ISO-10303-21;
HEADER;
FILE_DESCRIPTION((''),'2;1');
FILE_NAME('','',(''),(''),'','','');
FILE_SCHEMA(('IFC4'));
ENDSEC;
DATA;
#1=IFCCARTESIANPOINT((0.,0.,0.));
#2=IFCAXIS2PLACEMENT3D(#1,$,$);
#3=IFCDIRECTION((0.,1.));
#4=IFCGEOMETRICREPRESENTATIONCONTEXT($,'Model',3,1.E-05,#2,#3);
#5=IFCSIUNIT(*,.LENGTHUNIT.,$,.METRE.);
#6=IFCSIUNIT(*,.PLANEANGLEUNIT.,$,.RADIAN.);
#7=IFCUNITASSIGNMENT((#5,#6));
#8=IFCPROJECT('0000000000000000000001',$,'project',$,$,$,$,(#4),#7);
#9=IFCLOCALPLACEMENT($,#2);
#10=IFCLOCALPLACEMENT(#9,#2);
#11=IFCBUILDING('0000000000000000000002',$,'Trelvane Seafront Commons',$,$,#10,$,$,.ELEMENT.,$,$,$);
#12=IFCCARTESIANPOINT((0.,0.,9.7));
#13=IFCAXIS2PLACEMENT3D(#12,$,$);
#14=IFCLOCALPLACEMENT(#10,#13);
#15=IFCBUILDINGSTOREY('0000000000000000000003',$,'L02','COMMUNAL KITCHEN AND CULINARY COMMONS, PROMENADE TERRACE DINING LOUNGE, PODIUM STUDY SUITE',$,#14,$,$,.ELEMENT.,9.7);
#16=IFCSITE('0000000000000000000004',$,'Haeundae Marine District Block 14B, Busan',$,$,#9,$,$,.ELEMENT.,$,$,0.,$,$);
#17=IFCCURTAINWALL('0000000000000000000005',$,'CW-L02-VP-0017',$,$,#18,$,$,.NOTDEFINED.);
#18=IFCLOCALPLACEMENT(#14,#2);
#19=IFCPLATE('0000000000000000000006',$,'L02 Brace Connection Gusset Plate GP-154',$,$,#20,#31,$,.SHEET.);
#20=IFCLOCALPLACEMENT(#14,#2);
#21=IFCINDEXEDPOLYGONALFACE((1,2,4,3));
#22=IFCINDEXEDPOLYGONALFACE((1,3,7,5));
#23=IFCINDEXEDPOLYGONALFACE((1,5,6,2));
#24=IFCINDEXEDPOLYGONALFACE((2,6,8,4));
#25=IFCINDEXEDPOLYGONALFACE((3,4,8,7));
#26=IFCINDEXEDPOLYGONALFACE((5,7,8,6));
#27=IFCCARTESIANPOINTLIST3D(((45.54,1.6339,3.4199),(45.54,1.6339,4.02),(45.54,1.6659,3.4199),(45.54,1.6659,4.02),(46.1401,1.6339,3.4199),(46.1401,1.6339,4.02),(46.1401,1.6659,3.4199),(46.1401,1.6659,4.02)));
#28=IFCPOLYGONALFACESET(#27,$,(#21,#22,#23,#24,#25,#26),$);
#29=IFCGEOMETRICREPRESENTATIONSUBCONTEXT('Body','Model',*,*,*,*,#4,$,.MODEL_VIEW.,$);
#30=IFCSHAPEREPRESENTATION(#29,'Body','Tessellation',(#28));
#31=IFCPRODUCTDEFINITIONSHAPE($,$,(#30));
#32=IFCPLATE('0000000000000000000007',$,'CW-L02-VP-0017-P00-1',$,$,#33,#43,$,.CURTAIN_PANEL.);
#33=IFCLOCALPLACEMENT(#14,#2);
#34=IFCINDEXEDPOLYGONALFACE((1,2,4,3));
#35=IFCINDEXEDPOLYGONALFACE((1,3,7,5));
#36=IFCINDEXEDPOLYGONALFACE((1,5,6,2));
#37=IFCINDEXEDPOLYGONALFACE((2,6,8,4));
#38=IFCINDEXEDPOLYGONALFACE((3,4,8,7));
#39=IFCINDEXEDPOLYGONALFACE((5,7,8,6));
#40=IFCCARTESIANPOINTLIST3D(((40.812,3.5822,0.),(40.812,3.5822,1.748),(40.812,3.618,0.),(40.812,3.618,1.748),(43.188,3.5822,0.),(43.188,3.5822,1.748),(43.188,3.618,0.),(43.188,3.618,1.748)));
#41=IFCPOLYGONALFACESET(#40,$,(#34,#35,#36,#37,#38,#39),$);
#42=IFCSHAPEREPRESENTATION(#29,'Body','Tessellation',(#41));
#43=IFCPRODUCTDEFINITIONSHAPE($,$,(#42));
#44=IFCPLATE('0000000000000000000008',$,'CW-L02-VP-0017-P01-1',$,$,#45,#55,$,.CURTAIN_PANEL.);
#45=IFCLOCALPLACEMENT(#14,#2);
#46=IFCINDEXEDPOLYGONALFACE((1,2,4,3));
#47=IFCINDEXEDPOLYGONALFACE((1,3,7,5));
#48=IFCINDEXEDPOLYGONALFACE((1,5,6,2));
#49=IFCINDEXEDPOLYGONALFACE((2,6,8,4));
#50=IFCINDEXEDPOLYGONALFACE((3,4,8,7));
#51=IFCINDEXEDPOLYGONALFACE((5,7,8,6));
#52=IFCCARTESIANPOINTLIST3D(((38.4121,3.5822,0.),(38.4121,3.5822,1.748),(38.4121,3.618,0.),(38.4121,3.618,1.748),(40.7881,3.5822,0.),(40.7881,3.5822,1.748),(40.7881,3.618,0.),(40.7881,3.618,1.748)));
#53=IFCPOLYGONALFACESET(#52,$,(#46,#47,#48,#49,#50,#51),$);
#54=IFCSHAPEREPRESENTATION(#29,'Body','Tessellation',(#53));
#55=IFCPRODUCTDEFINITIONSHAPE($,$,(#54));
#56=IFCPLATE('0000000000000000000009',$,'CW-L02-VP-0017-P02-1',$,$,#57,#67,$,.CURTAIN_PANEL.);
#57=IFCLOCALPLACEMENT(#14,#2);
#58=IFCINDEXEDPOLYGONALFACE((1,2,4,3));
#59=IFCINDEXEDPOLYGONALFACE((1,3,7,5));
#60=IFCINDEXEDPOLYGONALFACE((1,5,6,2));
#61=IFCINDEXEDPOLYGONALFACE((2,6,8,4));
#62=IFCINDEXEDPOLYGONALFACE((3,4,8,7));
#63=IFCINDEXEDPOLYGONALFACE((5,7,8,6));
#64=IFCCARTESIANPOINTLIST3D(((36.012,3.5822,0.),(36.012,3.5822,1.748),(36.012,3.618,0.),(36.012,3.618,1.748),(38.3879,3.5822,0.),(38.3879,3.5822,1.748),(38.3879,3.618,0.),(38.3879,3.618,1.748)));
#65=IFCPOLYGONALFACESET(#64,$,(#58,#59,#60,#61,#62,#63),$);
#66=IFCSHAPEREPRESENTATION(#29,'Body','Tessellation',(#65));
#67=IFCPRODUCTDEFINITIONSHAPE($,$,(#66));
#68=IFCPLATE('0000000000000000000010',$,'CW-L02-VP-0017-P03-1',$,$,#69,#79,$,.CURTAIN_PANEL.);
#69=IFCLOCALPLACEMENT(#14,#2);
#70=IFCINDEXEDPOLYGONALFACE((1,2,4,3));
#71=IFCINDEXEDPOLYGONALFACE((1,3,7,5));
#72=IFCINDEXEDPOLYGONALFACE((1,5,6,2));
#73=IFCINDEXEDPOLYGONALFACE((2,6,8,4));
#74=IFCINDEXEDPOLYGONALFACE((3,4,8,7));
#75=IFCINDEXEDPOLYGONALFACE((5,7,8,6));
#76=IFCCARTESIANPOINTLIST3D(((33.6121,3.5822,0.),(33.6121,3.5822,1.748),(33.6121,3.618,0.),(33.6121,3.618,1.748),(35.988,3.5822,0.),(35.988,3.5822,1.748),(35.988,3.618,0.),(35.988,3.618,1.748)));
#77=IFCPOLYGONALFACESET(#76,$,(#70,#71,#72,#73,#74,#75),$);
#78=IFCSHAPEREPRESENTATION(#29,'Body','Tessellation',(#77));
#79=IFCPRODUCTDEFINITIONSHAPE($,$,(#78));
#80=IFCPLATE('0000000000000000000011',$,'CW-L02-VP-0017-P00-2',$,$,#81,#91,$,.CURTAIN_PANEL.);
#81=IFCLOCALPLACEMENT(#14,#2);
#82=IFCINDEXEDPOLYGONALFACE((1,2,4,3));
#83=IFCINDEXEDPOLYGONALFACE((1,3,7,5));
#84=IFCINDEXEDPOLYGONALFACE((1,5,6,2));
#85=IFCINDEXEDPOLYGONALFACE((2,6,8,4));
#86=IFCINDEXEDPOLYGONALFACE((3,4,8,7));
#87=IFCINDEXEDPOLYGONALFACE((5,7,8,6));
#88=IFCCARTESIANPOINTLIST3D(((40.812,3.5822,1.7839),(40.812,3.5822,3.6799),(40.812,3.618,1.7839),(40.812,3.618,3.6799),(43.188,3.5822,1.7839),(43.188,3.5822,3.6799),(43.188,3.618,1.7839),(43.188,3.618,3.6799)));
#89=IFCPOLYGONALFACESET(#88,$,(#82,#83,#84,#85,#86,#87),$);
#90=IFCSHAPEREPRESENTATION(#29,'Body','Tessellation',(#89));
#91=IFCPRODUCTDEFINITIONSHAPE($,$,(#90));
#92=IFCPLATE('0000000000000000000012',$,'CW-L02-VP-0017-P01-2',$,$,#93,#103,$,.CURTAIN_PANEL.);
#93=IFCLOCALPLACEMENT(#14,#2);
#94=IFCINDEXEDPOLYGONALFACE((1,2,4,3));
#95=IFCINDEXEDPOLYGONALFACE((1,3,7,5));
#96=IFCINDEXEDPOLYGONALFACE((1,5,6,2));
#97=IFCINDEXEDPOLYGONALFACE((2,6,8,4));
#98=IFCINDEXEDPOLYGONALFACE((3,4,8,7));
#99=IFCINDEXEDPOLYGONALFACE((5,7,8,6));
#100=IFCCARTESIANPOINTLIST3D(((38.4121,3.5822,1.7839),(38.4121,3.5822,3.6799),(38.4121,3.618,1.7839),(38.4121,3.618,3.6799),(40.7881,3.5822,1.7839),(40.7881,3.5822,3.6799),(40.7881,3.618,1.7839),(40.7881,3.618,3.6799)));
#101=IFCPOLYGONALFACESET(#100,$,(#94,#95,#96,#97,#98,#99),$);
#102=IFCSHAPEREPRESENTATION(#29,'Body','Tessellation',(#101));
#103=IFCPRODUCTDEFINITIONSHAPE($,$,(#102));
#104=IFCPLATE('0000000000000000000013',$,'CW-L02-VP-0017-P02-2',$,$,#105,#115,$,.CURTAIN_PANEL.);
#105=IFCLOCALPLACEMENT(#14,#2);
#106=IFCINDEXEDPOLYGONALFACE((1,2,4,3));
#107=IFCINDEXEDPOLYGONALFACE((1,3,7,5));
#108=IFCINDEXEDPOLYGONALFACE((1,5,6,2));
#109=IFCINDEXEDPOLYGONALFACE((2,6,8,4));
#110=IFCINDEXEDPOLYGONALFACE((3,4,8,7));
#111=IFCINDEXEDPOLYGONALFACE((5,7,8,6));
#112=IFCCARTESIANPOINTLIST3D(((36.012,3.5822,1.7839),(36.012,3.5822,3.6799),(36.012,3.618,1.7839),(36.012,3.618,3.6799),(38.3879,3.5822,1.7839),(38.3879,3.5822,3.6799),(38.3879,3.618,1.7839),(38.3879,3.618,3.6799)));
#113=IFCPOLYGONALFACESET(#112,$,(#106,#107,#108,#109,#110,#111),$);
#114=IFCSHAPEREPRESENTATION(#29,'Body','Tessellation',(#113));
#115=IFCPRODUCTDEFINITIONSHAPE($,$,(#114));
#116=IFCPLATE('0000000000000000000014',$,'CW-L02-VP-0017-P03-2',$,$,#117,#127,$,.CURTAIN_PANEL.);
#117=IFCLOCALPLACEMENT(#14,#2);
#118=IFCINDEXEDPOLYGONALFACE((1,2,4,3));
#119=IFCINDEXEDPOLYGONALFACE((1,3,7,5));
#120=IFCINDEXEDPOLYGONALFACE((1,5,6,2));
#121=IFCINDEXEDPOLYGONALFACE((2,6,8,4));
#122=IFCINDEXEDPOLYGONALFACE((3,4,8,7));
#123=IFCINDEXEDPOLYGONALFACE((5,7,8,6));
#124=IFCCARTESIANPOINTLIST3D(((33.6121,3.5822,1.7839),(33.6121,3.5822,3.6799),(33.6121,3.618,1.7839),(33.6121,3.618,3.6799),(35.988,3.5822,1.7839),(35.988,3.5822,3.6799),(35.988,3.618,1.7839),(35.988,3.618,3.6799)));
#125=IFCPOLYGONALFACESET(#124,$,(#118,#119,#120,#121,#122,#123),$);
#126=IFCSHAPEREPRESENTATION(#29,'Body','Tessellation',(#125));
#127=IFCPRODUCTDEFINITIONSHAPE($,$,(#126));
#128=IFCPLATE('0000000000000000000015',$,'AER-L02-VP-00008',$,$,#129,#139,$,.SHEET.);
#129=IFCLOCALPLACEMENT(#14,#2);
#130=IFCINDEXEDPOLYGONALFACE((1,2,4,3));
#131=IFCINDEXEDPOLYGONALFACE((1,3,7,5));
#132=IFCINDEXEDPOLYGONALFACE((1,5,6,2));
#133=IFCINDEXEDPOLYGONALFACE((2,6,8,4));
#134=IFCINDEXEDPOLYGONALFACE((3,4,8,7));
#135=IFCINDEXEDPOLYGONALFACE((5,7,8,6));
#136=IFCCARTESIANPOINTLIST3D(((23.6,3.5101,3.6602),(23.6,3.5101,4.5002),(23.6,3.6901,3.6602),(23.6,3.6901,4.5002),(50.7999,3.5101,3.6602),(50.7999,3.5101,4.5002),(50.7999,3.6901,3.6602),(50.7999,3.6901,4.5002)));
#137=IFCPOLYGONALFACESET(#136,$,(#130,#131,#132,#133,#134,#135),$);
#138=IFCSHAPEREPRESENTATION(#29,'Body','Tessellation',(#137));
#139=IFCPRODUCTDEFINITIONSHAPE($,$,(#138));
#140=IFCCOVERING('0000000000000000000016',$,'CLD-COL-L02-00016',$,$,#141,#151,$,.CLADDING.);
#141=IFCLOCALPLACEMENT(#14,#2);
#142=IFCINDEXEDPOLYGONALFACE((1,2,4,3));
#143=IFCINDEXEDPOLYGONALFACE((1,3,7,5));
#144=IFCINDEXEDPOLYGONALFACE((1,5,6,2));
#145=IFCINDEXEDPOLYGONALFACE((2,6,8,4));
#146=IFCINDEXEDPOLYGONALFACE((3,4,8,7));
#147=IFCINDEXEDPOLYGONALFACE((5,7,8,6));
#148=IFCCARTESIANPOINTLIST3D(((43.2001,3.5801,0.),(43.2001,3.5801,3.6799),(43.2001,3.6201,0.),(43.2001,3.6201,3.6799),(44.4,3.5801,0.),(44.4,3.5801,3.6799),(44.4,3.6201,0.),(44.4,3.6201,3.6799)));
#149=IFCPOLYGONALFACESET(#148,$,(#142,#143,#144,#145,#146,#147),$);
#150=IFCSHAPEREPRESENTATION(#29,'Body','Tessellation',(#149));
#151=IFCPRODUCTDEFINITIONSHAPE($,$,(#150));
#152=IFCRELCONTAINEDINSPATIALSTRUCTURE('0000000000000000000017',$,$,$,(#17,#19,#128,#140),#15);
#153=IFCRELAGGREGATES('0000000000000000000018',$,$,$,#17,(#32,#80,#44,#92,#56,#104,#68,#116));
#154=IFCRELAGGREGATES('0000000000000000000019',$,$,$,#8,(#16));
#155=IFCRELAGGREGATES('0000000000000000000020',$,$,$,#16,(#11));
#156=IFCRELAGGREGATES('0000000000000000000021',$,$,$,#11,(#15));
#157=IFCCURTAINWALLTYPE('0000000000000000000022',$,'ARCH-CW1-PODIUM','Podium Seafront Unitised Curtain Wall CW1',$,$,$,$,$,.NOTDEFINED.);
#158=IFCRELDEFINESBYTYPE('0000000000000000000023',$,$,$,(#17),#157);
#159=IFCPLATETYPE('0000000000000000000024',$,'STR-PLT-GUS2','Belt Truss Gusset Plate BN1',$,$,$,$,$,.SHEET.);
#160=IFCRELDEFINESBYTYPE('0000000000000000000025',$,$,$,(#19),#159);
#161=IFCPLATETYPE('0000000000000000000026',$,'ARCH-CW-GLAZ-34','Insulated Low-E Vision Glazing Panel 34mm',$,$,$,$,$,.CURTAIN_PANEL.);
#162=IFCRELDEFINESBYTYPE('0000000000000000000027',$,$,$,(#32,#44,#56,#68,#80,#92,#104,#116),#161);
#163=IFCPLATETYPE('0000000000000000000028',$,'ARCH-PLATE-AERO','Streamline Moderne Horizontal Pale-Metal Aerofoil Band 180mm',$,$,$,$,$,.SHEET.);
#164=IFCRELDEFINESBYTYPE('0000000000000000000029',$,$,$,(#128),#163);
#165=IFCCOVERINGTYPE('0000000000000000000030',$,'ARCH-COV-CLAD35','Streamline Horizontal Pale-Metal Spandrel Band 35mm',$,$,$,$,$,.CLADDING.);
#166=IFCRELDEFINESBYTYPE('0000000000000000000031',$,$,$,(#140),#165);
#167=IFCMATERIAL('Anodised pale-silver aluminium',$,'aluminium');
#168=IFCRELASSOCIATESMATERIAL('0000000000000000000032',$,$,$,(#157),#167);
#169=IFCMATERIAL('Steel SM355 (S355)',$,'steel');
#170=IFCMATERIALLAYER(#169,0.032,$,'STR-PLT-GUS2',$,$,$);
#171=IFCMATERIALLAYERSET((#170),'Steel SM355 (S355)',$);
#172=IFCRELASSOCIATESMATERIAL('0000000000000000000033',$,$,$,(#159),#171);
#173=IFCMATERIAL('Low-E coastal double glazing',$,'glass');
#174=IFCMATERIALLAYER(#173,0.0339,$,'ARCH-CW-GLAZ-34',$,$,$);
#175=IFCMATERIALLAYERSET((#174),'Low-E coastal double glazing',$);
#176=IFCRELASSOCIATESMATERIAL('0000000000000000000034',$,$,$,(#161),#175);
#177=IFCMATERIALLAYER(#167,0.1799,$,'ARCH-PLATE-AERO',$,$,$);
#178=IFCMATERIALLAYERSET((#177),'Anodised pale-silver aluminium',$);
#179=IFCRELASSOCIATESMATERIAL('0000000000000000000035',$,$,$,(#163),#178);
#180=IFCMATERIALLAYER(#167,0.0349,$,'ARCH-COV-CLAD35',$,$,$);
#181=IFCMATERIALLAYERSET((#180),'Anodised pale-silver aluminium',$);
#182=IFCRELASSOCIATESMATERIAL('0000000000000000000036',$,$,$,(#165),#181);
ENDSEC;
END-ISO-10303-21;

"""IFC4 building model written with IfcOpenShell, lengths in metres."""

from ifc_helpers import new_model, si_unit, direction, frame, origin, origin_2d, place, context, subcontext, project, spatial, rectangle, extrude, source, transform, mapped, material, layer, layer_set, type_object, element, aggregate, save


model = new_model("IFC4")

# Units and contexts
model_context = context("Model", 3, precision=1e-05, world=origin(), true_north=direction((0.0, 1.0)))
body_context = subcontext(model_context, "Body", "Model", "MODEL_VIEW")
ifc_project = project(units=[si_unit("LENGTHUNIT", "METRE"), si_unit("PLANEANGLEUNIT", "RADIAN")], contexts=[model_context])

# Site, building, storey
site_placement = place(None, origin())
site = spatial("IfcSite", under=ifc_project, at=site_placement, Name="Haeundae Marine District Block 14B, Busan", CompositionType="ELEMENT", RefElevation=0.0)
building_placement = place(site_placement, origin())
building = spatial("IfcBuilding", under=site, at=building_placement, Name="Trelvane Seafront Commons", CompositionType="ELEMENT")
storey_placement = place(building_placement, frame((0.0, 0.0, 9.7)))
storey = spatial("IfcBuildingStorey", under=building, at=storey_placement, Name="L02", Description="COMMUNAL KITCHEN AND CULINARY COMMONS, PROMENADE TERRACE DINING LOUNGE, PODIUM STUDY SUITE", CompositionType="ELEMENT", Elevation=9.7)

# Curtain wall
ifc_material_1 = material(Name="Anodised pale-silver aluminium", Category="aluminium")
curtain_wall_type = type_object("IfcCurtainWallType", Name="ARCH-CW1-PODIUM", Description="Podium Seafront Unitised Curtain Wall CW1", PredefinedType="NOTDEFINED", material=ifc_material_1)
curtain_wall_placement = place(storey_placement, origin())
curtain_wall = element("IfcCurtainWall", 1, at=curtain_wall_placement, inside=storey, type_object=curtain_wall_type, Name="CW-L02-VP-0017", PredefinedType="NOTDEFINED")

# Plates
ifc_material_2 = material(Name="Steel SM355 (S355)", Category="steel")
ifc_layer_1 = layer(ifc_material_2, 0.032, Name="STR-PLT-GUS2")
ifc_layer_set_1 = layer_set([ifc_layer_1], Name="Steel SM355 (S355)")
plate_type_1 = type_object("IfcPlateType", Name="STR-PLT-GUS2", Description="Belt Truss Gusset Plate BN1", PredefinedType="SHEET", material=ifc_layer_set_1)
shared_shape_1 = source(origin(), body_context, "Body", "SweptSolid", [
    extrude(rectangle(XDim=0.6001, YDim=0.032, at=origin_2d()), origin(), (0.0, 0.0, 1.0), 0.6001),
])
plate_1_placement = place(storey_placement, frame((45.8401, 1.6499, 3.4199), z_axis=(0.0, 0.0, 1.0), x_axis=(1.0, 0.0, 0.0)))
element("IfcPlate", 2, at=plate_1_placement, inside=storey, type_object=plate_type_1, Name="L02 Brace Connection Gusset Plate GP-154", PredefinedType="SHEET", context=body_context, shape_type="MappedRepresentation", body=[
    mapped(shared_shape_1, transform((0.0, 0.0, 0.0), x_axis=(1.0, 0.0, 0.0), y_axis=(0.0, 1.0, 0.0), z_axis=(0.0, 0.0, 1.0), scale=1.0)),
])
ifc_material_3 = material(Name="Low-E coastal double glazing", Category="glass")
ifc_layer_2 = layer(ifc_material_3, 0.0339, Name="ARCH-CW-GLAZ-34")
ifc_layer_set_2 = layer_set([ifc_layer_2], Name="Low-E coastal double glazing")
plate_type_2 = type_object("IfcPlateType", Name="ARCH-CW-GLAZ-34", Description="Insulated Low-E Vision Glazing Panel 34mm", PredefinedType="CURTAIN_PANEL", material=ifc_layer_set_2)
shared_shape_2 = source(origin(), body_context, "Body", "SweptSolid", [
    extrude(rectangle(XDim=2.376, YDim=0.0359, at=origin_2d()), origin(), (0.0, 0.0, 1.0), 1.748),
])
plate_2_placement = place(storey_placement, frame((42.0, 3.6001, 0.0), z_axis=(0.0, 0.0, 1.0), x_axis=(-1.0, 0.0, 0.0)))
plate_2 = element("IfcPlate", 3, at=plate_2_placement, type_object=plate_type_2, Name="CW-L02-VP-0017-P00-1", PredefinedType="CURTAIN_PANEL", context=body_context, shape_type="MappedRepresentation", body=[
    mapped(shared_shape_2, transform((0.0, 0.0, 0.0), x_axis=(1.0, 0.0, 0.0), y_axis=(0.0, 1.0, 0.0), z_axis=(0.0, 0.0, 1.0), scale=1.0)),
])
plate_3_placement = place(storey_placement, frame((39.6001, 3.6001, 0.0), z_axis=(0.0, 0.0, 1.0), x_axis=(-1.0, 0.0, 0.0)))
plate_3 = element("IfcPlate", 4, at=plate_3_placement, type_object=plate_type_2, Name="CW-L02-VP-0017-P01-1", PredefinedType="CURTAIN_PANEL", context=body_context, shape_type="MappedRepresentation", body=[
    mapped(shared_shape_2, transform((0.0, 0.0, 0.0), x_axis=(1.0, 0.0, 0.0), y_axis=(0.0, 1.0, 0.0), z_axis=(0.0, 0.0, 1.0), scale=1.0)),
])
plate_4_placement = place(storey_placement, frame((37.2, 3.6001, 0.0), z_axis=(0.0, 0.0, 1.0), x_axis=(-1.0, 0.0, 0.0)))
plate_4 = element("IfcPlate", 5, at=plate_4_placement, type_object=plate_type_2, Name="CW-L02-VP-0017-P02-1", PredefinedType="CURTAIN_PANEL", context=body_context, shape_type="MappedRepresentation", body=[
    mapped(shared_shape_2, transform((0.0, 0.0, 0.0), x_axis=(1.0, 0.0, 0.0), y_axis=(0.0, 1.0, 0.0), z_axis=(0.0, 0.0, 1.0), scale=1.0)),
])
plate_5_placement = place(storey_placement, frame((34.8, 3.6001, 0.0), z_axis=(0.0, 0.0, 1.0), x_axis=(-1.0, 0.0, 0.0)))
plate_5 = element("IfcPlate", 6, at=plate_5_placement, type_object=plate_type_2, Name="CW-L02-VP-0017-P03-1", PredefinedType="CURTAIN_PANEL", context=body_context, shape_type="MappedRepresentation", body=[
    mapped(shared_shape_2, transform((0.0, 0.0, 0.0), x_axis=(1.0, 0.0, 0.0), y_axis=(0.0, 1.0, 0.0), z_axis=(0.0, 0.0, 1.0), scale=1.0)),
])
shared_shape_3 = source(origin(), body_context, "Body", "SweptSolid", [
    extrude(rectangle(XDim=2.376, YDim=0.0359, at=origin_2d()), origin(), (0.0, 0.0, 1.0), 1.896),
])
plate_6_placement = place(storey_placement, frame((42.0, 3.6001, 1.7839), z_axis=(0.0, 0.0, 1.0), x_axis=(-1.0, 0.0, 0.0)))
plate_6 = element("IfcPlate", 7, at=plate_6_placement, type_object=plate_type_2, Name="CW-L02-VP-0017-P00-2", PredefinedType="CURTAIN_PANEL", context=body_context, shape_type="MappedRepresentation", body=[
    mapped(shared_shape_3, transform((0.0, 0.0, 0.0), x_axis=(1.0, 0.0, 0.0), y_axis=(0.0, 1.0, 0.0), z_axis=(0.0, 0.0, 1.0), scale=1.0)),
])
plate_7_placement = place(storey_placement, frame((39.6001, 3.6001, 1.7839), z_axis=(0.0, 0.0, 1.0), x_axis=(-1.0, 0.0, 0.0)))
plate_7 = element("IfcPlate", 8, at=plate_7_placement, type_object=plate_type_2, Name="CW-L02-VP-0017-P01-2", PredefinedType="CURTAIN_PANEL", context=body_context, shape_type="MappedRepresentation", body=[
    mapped(shared_shape_3, transform((0.0, 0.0, 0.0), x_axis=(1.0, 0.0, 0.0), y_axis=(0.0, 1.0, 0.0), z_axis=(0.0, 0.0, 1.0), scale=1.0)),
])
plate_8_placement = place(storey_placement, frame((37.2, 3.6001, 1.7839), z_axis=(0.0, 0.0, 1.0), x_axis=(-1.0, 0.0, 0.0)))
plate_8 = element("IfcPlate", 9, at=plate_8_placement, type_object=plate_type_2, Name="CW-L02-VP-0017-P02-2", PredefinedType="CURTAIN_PANEL", context=body_context, shape_type="MappedRepresentation", body=[
    mapped(shared_shape_3, transform((0.0, 0.0, 0.0), x_axis=(1.0, 0.0, 0.0), y_axis=(0.0, 1.0, 0.0), z_axis=(0.0, 0.0, 1.0), scale=1.0)),
])
plate_9_placement = place(storey_placement, frame((34.8, 3.6001, 1.7839), z_axis=(0.0, 0.0, 1.0), x_axis=(-1.0, 0.0, 0.0)))
plate_9 = element("IfcPlate", 10, at=plate_9_placement, type_object=plate_type_2, Name="CW-L02-VP-0017-P03-2", PredefinedType="CURTAIN_PANEL", context=body_context, shape_type="MappedRepresentation", body=[
    mapped(shared_shape_3, transform((0.0, 0.0, 0.0), x_axis=(1.0, 0.0, 0.0), y_axis=(0.0, 1.0, 0.0), z_axis=(0.0, 0.0, 1.0), scale=1.0)),
])
aggregate(curtain_wall, [plate_2, plate_6, plate_3, plate_7, plate_4, plate_8, plate_5, plate_9])
ifc_layer_3 = layer(ifc_material_1, 0.1799, Name="ARCH-PLATE-AERO")
ifc_layer_set_3 = layer_set([ifc_layer_3], Name="Anodised pale-silver aluminium")
plate_type_3 = type_object("IfcPlateType", Name="ARCH-PLATE-AERO", Description="Streamline Moderne Horizontal Pale-Metal Aerofoil Band 180mm", PredefinedType="SHEET", material=ifc_layer_set_3)
shared_shape_4 = source(origin(), body_context, "Body", "SweptSolid", [
    extrude(rectangle(XDim=27.2, YDim=0.1799, at=origin_2d()), origin(), (0.0, 0.0, 1.0), 0.8401),
])
plate_10_placement = place(storey_placement, frame((37.2, 3.6001, 3.6602), z_axis=(0.0, 0.0, 1.0), x_axis=(-1.0, 0.0, 0.0)))
element("IfcPlate", 11, at=plate_10_placement, inside=storey, type_object=plate_type_3, Name="AER-L02-VP-00008", PredefinedType="SHEET", context=body_context, shape_type="MappedRepresentation", body=[
    mapped(shared_shape_4, transform((0.0, 0.0, 0.0), x_axis=(1.0, 0.0, 0.0), y_axis=(0.0, 1.0, 0.0), z_axis=(0.0, 0.0, 1.0), scale=1.0)),
])

# Covering
ifc_layer_4 = layer(ifc_material_1, 0.0349, Name="ARCH-COV-CLAD35")
ifc_layer_set_4 = layer_set([ifc_layer_4], Name="Anodised pale-silver aluminium")
covering_type = type_object("IfcCoveringType", Name="ARCH-COV-CLAD35", Description="Streamline Horizontal Pale-Metal Spandrel Band 35mm", PredefinedType="CLADDING", material=ifc_layer_set_4)
shared_shape_5 = source(origin(), body_context, "Body", "SweptSolid", [
    extrude(rectangle(XDim=1.2, YDim=0.04, at=origin_2d()), origin(), (0.0, 0.0, 1.0), 3.6799),
])
covering_placement = place(storey_placement, frame((43.8, 3.6001, 0.0), z_axis=(0.0, 0.0, 1.0), x_axis=(-1.0, 0.0, 0.0)))
element("IfcCovering", 12, at=covering_placement, inside=storey, type_object=covering_type, Name="CLD-COL-L02-00016", PredefinedType="CLADDING", context=body_context, shape_type="MappedRepresentation", body=[
    mapped(shared_shape_5, transform((0.0, 0.0, 0.0), x_axis=(1.0, 0.0, 0.0), y_axis=(0.0, 1.0, 0.0), z_axis=(0.0, 0.0, 1.0), scale=1.0)),
])

save(model, "model.ifc")
